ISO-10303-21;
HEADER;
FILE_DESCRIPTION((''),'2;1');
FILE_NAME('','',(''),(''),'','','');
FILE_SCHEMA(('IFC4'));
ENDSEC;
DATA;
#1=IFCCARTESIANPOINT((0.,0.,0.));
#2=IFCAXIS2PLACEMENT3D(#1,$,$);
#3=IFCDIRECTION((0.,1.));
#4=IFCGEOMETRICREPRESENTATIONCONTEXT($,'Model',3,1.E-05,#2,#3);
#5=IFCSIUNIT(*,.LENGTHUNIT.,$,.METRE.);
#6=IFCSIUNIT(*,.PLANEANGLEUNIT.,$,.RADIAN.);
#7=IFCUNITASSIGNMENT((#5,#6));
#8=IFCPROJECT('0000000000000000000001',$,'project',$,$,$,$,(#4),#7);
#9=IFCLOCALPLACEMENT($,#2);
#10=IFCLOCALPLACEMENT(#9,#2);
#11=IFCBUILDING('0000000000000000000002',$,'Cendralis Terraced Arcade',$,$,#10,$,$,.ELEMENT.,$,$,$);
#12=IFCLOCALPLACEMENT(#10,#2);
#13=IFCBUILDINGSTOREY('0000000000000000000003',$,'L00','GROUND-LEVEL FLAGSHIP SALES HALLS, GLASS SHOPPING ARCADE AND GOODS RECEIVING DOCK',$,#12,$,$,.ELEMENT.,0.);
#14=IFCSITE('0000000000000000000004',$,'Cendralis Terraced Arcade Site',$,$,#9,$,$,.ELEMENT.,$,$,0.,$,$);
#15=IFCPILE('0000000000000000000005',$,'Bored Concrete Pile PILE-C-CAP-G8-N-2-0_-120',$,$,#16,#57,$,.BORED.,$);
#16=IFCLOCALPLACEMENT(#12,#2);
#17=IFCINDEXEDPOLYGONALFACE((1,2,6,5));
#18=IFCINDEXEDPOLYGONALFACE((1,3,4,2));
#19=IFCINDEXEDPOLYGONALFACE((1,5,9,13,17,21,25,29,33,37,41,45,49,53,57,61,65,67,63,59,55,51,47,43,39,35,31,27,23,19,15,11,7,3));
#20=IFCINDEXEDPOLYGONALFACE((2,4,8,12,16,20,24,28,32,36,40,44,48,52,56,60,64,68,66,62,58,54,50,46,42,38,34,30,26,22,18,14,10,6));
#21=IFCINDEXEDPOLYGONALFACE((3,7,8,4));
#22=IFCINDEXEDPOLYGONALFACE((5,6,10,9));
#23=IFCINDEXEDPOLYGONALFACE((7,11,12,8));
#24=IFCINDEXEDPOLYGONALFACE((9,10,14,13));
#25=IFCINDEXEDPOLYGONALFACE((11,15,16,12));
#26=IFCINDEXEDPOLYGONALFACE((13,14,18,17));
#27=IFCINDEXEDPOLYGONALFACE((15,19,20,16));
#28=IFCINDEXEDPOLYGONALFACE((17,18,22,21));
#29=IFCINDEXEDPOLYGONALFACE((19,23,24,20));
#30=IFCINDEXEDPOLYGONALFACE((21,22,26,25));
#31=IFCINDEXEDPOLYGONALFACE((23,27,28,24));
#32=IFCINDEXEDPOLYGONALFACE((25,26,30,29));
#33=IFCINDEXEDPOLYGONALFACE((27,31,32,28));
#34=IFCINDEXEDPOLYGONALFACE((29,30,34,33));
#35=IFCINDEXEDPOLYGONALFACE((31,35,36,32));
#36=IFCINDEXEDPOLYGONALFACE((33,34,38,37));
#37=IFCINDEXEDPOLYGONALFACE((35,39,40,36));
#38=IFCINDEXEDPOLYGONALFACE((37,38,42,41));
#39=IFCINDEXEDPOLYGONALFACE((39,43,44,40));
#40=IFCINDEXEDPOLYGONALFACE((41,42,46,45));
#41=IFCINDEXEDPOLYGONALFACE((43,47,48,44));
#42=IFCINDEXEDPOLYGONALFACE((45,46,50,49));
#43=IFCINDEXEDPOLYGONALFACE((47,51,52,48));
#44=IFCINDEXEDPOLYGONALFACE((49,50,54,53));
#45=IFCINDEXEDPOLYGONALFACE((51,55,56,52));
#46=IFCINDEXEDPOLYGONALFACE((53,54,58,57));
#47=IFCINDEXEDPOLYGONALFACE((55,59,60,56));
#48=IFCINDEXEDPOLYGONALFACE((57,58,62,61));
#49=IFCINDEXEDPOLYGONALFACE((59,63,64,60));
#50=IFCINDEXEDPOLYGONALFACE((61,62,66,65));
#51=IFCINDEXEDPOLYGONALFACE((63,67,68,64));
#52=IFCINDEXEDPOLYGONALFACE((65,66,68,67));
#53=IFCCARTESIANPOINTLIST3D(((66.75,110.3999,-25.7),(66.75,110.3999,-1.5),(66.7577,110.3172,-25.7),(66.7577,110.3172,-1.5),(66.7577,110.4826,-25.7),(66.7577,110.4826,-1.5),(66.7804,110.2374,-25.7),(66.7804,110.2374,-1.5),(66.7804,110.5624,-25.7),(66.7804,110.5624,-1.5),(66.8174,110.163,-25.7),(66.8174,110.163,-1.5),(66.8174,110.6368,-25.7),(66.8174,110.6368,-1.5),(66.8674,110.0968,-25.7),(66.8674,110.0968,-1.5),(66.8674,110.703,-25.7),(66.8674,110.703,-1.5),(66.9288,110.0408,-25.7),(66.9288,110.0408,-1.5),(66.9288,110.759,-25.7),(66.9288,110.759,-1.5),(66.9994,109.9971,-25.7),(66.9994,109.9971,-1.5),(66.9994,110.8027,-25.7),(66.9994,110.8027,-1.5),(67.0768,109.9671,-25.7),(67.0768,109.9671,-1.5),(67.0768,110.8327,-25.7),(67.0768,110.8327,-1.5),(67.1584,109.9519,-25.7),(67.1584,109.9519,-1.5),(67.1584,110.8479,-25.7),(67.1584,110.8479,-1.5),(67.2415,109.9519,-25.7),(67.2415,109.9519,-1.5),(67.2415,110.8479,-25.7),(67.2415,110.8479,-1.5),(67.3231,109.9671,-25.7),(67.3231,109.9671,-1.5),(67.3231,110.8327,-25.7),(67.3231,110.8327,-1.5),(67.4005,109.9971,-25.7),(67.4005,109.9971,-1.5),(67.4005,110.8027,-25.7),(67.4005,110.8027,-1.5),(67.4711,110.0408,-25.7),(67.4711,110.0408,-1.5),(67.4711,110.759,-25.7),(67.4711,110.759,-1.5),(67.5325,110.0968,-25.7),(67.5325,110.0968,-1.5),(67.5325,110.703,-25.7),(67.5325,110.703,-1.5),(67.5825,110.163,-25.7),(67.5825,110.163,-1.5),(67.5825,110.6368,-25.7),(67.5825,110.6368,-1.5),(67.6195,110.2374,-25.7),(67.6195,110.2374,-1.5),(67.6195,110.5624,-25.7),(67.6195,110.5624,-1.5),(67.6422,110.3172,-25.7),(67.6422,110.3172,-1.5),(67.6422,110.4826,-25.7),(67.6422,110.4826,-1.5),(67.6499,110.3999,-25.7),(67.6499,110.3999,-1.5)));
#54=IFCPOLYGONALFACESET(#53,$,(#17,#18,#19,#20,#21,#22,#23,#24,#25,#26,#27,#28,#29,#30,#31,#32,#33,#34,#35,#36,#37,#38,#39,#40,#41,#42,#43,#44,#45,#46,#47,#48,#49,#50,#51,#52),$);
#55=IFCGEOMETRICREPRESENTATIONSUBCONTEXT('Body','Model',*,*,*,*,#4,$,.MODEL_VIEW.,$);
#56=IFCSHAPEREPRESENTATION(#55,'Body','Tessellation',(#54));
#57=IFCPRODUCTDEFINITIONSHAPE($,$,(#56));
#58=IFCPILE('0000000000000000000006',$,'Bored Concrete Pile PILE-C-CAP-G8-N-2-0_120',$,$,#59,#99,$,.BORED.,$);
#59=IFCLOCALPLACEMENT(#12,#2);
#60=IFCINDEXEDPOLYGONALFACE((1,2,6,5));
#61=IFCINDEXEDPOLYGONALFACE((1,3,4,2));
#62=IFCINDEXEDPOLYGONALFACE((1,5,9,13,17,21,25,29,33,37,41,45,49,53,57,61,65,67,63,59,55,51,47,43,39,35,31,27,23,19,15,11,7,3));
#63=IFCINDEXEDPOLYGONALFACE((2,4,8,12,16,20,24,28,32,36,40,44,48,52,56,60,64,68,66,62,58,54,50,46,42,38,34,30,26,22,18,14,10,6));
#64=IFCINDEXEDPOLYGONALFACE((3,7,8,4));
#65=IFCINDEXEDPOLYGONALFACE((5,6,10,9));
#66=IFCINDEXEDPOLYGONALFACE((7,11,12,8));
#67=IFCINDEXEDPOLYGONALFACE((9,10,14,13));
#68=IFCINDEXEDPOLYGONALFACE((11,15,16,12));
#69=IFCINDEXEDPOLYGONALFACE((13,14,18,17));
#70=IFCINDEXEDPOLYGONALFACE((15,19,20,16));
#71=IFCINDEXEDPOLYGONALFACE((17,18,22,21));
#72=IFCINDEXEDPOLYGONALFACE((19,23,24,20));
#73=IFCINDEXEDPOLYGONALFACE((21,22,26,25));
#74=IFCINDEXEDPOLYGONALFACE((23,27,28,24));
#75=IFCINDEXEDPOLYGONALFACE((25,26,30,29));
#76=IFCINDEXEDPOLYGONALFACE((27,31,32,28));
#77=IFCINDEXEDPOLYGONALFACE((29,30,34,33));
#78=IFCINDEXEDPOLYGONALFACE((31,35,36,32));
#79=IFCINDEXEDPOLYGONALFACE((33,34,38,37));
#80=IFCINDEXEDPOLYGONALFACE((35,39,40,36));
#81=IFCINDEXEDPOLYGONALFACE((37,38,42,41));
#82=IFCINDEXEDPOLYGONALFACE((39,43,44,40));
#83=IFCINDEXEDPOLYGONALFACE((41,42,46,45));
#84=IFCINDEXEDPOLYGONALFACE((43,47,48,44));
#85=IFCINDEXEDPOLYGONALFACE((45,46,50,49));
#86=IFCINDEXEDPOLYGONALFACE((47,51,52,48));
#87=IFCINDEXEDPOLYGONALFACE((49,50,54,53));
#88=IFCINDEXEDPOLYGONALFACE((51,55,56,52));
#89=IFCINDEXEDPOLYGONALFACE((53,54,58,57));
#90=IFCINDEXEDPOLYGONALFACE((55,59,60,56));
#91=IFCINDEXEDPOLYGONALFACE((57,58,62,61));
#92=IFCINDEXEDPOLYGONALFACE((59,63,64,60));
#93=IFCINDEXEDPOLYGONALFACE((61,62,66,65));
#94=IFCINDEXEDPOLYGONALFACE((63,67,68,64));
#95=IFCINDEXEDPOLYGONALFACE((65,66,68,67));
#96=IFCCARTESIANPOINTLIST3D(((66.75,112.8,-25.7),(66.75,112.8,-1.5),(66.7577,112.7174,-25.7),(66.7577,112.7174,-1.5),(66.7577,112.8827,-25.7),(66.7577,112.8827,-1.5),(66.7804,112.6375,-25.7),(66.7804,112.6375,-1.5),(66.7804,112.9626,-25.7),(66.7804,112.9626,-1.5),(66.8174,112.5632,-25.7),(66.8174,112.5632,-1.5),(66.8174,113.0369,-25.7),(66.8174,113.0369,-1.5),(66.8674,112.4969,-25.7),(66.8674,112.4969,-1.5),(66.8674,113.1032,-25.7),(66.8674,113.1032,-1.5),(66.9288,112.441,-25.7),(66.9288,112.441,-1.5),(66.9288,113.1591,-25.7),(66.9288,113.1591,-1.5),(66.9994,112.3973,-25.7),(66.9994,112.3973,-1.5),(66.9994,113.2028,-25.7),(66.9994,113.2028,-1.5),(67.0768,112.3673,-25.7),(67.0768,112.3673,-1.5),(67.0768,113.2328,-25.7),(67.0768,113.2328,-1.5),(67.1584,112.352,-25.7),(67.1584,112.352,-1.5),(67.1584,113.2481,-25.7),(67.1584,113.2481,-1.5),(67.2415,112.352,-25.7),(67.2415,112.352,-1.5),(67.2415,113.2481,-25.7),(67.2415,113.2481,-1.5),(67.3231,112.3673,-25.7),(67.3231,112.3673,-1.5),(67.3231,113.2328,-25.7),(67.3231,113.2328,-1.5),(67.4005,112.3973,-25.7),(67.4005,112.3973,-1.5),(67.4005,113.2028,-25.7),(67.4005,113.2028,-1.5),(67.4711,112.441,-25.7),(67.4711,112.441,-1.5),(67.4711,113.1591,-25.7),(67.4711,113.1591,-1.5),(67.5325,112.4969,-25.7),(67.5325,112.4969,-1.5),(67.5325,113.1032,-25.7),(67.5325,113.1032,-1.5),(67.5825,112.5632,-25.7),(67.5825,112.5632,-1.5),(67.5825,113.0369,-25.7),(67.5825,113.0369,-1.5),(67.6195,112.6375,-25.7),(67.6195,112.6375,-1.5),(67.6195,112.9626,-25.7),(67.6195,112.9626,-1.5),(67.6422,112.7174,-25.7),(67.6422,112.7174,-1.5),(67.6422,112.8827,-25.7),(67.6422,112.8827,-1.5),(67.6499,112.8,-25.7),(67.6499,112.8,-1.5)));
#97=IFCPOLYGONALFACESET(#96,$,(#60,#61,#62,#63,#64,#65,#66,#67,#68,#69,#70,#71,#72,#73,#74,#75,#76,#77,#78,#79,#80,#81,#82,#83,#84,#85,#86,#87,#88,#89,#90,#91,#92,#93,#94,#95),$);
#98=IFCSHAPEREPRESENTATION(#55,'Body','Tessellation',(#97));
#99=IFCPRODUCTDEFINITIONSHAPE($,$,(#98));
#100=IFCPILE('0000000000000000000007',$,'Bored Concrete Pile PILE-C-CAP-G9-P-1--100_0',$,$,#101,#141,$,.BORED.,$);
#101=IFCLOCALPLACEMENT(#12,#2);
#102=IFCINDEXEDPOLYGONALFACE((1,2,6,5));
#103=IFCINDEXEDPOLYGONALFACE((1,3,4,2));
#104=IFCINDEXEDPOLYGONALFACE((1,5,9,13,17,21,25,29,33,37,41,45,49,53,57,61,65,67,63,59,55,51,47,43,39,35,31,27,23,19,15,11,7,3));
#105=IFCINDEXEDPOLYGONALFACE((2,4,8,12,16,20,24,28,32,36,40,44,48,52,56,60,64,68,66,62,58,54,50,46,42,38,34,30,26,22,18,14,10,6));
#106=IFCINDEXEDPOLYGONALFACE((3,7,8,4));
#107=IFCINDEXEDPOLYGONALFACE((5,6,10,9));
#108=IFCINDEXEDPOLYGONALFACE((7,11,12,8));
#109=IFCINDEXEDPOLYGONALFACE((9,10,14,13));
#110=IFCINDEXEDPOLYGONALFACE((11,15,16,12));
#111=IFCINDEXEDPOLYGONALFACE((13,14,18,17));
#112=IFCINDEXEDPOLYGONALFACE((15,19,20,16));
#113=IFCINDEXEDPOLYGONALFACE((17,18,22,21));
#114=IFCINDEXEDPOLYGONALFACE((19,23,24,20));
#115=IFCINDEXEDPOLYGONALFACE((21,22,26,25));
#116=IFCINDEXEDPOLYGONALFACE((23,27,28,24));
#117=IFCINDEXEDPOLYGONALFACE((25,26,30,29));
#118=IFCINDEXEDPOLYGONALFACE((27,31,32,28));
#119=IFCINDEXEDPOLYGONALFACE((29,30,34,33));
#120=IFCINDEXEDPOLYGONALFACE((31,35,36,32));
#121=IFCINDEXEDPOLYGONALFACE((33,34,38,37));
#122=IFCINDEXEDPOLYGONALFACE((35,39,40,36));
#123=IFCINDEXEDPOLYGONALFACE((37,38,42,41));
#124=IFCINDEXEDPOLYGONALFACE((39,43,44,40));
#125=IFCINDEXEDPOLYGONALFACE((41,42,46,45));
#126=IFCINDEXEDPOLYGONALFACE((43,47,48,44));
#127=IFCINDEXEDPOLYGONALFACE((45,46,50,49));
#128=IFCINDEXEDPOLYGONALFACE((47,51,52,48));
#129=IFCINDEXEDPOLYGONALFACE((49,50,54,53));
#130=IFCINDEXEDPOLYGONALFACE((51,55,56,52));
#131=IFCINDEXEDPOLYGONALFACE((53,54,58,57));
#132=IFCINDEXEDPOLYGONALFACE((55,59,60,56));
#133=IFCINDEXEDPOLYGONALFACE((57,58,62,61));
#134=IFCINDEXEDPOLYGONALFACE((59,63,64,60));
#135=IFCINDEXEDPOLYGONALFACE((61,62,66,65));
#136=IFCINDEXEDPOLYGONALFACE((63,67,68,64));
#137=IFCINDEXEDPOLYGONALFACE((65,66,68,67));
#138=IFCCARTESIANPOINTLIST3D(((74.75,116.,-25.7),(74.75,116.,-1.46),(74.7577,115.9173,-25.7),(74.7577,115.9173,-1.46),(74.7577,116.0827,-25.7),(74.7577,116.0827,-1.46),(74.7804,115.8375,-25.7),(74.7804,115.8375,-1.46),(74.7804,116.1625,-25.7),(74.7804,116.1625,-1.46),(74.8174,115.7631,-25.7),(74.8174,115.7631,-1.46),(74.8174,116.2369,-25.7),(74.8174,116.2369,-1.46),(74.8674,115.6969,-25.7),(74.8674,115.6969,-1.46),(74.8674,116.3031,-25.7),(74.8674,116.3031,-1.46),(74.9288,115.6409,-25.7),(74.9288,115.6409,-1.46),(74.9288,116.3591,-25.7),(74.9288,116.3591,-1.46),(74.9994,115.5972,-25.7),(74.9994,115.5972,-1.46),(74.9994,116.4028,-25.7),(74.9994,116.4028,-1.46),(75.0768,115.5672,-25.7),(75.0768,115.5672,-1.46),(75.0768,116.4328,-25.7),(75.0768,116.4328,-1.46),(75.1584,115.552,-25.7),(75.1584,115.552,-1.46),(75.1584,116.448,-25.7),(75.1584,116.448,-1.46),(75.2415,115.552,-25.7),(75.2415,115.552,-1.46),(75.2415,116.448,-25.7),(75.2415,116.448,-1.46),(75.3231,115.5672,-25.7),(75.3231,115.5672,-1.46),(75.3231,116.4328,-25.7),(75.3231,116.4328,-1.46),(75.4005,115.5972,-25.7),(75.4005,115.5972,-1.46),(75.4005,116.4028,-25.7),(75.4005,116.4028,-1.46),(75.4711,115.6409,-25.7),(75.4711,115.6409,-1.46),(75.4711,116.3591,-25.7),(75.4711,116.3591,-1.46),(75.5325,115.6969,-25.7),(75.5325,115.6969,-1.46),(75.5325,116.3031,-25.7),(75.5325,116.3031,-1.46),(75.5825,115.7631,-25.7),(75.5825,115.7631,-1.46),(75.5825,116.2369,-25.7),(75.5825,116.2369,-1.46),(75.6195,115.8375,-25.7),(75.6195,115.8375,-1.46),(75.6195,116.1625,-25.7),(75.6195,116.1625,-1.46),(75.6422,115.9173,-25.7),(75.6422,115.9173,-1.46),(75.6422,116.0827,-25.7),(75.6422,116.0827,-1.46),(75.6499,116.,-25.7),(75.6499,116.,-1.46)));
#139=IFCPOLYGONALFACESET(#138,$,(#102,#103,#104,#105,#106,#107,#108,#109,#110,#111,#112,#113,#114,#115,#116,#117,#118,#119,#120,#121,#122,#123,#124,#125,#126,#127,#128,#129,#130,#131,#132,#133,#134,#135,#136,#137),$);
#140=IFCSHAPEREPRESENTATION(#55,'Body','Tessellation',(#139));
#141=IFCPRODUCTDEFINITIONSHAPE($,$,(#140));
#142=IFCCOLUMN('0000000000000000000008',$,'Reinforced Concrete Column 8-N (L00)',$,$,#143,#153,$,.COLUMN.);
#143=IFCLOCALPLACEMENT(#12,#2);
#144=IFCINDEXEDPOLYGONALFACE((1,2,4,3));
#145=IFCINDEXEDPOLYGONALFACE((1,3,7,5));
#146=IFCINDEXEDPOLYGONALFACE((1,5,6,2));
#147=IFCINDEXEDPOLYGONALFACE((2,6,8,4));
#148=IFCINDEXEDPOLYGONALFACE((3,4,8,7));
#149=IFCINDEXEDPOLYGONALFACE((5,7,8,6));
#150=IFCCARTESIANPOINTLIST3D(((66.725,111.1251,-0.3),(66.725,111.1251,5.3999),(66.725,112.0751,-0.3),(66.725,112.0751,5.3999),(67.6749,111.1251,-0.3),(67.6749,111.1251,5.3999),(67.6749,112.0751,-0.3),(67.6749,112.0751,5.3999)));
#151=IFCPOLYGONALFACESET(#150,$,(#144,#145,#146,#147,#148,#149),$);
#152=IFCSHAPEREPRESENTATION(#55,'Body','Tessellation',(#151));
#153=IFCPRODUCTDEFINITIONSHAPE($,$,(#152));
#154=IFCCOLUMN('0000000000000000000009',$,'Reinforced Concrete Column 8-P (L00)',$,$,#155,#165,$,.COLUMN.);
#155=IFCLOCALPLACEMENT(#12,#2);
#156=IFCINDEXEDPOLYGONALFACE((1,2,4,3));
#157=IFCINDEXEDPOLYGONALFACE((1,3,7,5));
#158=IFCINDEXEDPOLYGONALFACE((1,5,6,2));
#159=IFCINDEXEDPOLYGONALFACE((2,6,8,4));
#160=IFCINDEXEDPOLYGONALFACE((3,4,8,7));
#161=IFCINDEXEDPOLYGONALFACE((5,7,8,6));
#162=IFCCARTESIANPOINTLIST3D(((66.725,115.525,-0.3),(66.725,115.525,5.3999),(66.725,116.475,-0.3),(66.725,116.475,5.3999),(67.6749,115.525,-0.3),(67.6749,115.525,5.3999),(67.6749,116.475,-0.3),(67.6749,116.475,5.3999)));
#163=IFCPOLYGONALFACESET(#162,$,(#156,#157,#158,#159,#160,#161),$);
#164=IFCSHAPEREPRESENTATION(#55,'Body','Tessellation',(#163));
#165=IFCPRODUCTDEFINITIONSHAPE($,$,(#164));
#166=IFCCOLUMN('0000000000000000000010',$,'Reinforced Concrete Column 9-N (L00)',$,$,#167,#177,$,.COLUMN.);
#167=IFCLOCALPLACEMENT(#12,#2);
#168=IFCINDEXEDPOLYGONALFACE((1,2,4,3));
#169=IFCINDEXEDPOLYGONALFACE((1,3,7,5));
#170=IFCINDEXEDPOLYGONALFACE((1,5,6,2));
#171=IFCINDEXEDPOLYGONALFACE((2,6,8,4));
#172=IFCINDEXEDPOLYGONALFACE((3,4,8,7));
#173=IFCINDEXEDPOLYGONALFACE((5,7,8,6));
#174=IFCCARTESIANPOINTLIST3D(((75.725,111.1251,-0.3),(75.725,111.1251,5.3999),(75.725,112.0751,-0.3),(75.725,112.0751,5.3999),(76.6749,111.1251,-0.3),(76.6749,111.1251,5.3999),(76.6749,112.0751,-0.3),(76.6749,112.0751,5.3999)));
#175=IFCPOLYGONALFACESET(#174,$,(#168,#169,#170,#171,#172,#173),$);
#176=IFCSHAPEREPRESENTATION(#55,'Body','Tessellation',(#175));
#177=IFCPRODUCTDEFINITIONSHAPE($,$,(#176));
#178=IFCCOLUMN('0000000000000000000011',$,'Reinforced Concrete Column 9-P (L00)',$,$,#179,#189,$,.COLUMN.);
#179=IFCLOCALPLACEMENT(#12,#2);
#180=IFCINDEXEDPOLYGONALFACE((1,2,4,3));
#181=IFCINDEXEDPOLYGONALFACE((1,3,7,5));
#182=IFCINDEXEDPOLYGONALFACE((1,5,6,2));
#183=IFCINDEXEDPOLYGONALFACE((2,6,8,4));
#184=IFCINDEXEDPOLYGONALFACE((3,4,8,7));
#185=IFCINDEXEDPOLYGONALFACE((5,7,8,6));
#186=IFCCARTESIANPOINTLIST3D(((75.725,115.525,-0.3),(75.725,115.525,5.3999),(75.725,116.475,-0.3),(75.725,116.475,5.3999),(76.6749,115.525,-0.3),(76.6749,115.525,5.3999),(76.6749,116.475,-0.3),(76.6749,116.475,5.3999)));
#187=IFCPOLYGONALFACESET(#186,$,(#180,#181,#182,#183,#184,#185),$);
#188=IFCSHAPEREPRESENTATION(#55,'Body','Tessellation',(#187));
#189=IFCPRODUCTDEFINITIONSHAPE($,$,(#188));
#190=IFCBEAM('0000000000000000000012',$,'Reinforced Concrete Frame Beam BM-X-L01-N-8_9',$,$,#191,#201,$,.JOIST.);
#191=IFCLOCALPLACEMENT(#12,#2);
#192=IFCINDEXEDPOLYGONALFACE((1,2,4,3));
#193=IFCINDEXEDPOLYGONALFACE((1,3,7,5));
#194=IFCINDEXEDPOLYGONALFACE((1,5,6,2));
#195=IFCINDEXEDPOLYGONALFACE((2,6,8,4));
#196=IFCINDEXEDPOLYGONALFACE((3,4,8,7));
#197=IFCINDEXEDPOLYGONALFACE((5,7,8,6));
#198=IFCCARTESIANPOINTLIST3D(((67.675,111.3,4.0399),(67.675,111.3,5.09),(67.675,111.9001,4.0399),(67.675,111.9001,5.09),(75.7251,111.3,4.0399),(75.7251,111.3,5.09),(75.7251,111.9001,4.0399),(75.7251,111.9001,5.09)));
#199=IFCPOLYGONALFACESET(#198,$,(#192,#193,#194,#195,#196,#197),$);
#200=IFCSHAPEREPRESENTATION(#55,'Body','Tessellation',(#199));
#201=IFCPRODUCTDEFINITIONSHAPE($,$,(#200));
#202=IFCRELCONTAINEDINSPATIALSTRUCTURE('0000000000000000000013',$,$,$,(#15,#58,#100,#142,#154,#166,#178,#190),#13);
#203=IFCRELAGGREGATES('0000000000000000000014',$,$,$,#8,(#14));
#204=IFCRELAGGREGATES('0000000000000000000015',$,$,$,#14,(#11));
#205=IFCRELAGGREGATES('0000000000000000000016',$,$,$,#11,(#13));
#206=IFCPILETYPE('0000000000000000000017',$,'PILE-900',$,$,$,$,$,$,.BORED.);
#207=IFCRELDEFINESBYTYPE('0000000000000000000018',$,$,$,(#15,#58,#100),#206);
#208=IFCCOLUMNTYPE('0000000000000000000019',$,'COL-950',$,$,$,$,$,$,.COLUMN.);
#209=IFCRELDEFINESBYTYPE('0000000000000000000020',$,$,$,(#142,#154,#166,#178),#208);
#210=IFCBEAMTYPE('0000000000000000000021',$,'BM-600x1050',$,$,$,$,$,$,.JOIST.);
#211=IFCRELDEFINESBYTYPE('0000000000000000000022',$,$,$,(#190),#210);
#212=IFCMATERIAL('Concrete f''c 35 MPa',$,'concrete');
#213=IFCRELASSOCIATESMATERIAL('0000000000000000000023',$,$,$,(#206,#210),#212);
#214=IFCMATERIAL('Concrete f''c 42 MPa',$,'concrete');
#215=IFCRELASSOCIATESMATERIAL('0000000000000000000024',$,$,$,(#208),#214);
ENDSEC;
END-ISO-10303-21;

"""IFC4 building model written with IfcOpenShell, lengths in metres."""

from ifc_helpers import new_model, si_unit, direction, frame, origin, origin_2d, place, context, subcontext, project, spatial, rectangle, circle, extrude, material, material_profile, profile_set, type_object, element, save


model = new_model("IFC4")

# Units and contexts
model_context = context("Model", 3, precision=1e-05, world=origin(), true_north=direction((0.0, 1.0)))
body_context = subcontext(model_context, "Body", "Model", "MODEL_VIEW")
ifc_project = project(units=[si_unit("LENGTHUNIT", "METRE"), si_unit("PLANEANGLEUNIT", "RADIAN")], contexts=[model_context])

# Site, building, storey
site_placement = place(None, origin())
site = spatial("IfcSite", under=ifc_project, at=site_placement, Name="Cendralis Terraced Arcade Site", CompositionType="ELEMENT", RefElevation=0.0)
building_placement = place(site_placement, origin())
building = spatial("IfcBuilding", under=site, at=building_placement, Name="Cendralis Terraced Arcade", CompositionType="ELEMENT")
storey_placement = place(building_placement, origin())
storey = spatial("IfcBuildingStorey", under=building, at=storey_placement, Name="L00", Description="GROUND-LEVEL FLAGSHIP SALES HALLS, GLASS SHOPPING ARCADE AND GOODS RECEIVING DOCK", CompositionType="ELEMENT", Elevation=0.0)

# Shared definitions
ifc_material_1 = material(Name="Concrete f'c 35 MPa", Category="concrete")

# Piles
ifc_material_profile_1 = material_profile(ifc_material_1, circle(Radius=0.45, at=origin_2d()), Name="PILE-D900", Category="LoadBearing")
ifc_profile_set_1 = profile_set([ifc_material_profile_1], Name="Concrete f'c 35 MPa")
pile_type_1 = type_object("IfcPileType", Name="PILE-900", PredefinedType="BORED", material=ifc_profile_set_1)
for number, where, z_axis, x_axis, name in (
    (1, (67.2, 110.3999, -1.5), (0.0, 0.0, -1.0), (1.0, 0.0, 0.0), "Bored Concrete Pile PILE-C-CAP-G8-N-2-0_-120"),
    (2, (67.2, 112.8, -1.5), (0.0, 0.0, -1.0), (1.0, 0.0, 0.0), "Bored Concrete Pile PILE-C-CAP-G8-N-2-0_120"),
):
    element("IfcPile", number, at=place(storey_placement, frame(where, z_axis=z_axis, x_axis=x_axis)), inside=storey, type_object=pile_type_1, Name=name, PredefinedType="BORED", context=body_context, shape_type="SweptSolid", body=[
        extrude(circle(Radius=0.45, at=origin_2d()), origin(), (0.0, 0.0, 1.0), 24.2),
    ])
pile_placement = place(storey_placement, frame((75.2, 116.0, -1.46), z_axis=(0.0, 0.0, -1.0), x_axis=(1.0, 0.0, 0.0)))
element("IfcPile", 3, at=pile_placement, inside=storey, type_object=pile_type_1, Name="Bored Concrete Pile PILE-C-CAP-G9-P-1--100_0", PredefinedType="BORED", context=body_context, shape_type="SweptSolid", body=[
    extrude(circle(Radius=0.45, at=origin_2d()), origin(), (0.0, 0.0, 1.0), 24.24),
])

# Columns
ifc_material_2 = material(Name="Concrete f'c 42 MPa", Category="concrete")
ifc_material_profile_2 = material_profile(ifc_material_2, rectangle(XDim=0.95, YDim=0.95, at=origin_2d()), Name="RC-COL-950x950", Category="LoadBearing")
ifc_profile_set_2 = profile_set([ifc_material_profile_2], Name="Concrete f'c 42 MPa")
column_type = type_object("IfcColumnType", Name="COL-950", PredefinedType="COLUMN", material=ifc_profile_set_2)
for number, where, z_axis, x_axis, name in (
    (4, (67.2, 111.6001, -0.3), (0.0, 0.0, 1.0), (1.0, 0.0, 0.0), "Reinforced Concrete Column 8-N (L00)"),
    (5, (67.2, 116.0, -0.3), (0.0, 0.0, 1.0), (1.0, 0.0, 0.0), "Reinforced Concrete Column 8-P (L00)"),
    (6, (76.2, 111.6001, -0.3), (0.0, 0.0, 1.0), (1.0, 0.0, 0.0), "Reinforced Concrete Column 9-N (L00)"),
    (7, (76.2, 116.0, -0.3), (0.0, 0.0, 1.0), (1.0, 0.0, 0.0), "Reinforced Concrete Column 9-P (L00)"),
):
    element("IfcColumn", number, at=place(storey_placement, frame(where, z_axis=z_axis, x_axis=x_axis)), inside=storey, type_object=column_type, Name=name, PredefinedType="COLUMN", context=body_context, shape_type="SweptSolid", body=[
        extrude(rectangle(XDim=0.95, YDim=0.95, at=origin_2d()), origin(), (0.0, 0.0, 1.0), 5.7),
    ])

# Beam
ifc_material_profile_3 = material_profile(ifc_material_1, rectangle(XDim=0.6001, YDim=1.05, at=origin_2d()), Name="RC-BM-600x1050", Category="LoadBearing")
ifc_profile_set_3 = profile_set([ifc_material_profile_3], Name="Concrete f'c 35 MPa")
beam_type = type_object("IfcBeamType", Name="BM-600x1050", PredefinedType="JOIST", material=ifc_profile_set_3)
beam_placement = place(storey_placement, frame((67.675, 111.6001, 4.5649), z_axis=(1.0, 0.0, 0.0), x_axis=(0.0, 1.0, 0.0)))
element("IfcBeam", 8, at=beam_placement, inside=storey, type_object=beam_type, Name="Reinforced Concrete Frame Beam BM-X-L01-N-8_9", PredefinedType="JOIST", context=body_context, shape_type="SweptSolid", body=[
    extrude(rectangle(XDim=0.6001, YDim=1.05, at=origin_2d()), origin(), (0.0, 0.0, 1.0), 8.05),
])

save(model, "model.ifc")
